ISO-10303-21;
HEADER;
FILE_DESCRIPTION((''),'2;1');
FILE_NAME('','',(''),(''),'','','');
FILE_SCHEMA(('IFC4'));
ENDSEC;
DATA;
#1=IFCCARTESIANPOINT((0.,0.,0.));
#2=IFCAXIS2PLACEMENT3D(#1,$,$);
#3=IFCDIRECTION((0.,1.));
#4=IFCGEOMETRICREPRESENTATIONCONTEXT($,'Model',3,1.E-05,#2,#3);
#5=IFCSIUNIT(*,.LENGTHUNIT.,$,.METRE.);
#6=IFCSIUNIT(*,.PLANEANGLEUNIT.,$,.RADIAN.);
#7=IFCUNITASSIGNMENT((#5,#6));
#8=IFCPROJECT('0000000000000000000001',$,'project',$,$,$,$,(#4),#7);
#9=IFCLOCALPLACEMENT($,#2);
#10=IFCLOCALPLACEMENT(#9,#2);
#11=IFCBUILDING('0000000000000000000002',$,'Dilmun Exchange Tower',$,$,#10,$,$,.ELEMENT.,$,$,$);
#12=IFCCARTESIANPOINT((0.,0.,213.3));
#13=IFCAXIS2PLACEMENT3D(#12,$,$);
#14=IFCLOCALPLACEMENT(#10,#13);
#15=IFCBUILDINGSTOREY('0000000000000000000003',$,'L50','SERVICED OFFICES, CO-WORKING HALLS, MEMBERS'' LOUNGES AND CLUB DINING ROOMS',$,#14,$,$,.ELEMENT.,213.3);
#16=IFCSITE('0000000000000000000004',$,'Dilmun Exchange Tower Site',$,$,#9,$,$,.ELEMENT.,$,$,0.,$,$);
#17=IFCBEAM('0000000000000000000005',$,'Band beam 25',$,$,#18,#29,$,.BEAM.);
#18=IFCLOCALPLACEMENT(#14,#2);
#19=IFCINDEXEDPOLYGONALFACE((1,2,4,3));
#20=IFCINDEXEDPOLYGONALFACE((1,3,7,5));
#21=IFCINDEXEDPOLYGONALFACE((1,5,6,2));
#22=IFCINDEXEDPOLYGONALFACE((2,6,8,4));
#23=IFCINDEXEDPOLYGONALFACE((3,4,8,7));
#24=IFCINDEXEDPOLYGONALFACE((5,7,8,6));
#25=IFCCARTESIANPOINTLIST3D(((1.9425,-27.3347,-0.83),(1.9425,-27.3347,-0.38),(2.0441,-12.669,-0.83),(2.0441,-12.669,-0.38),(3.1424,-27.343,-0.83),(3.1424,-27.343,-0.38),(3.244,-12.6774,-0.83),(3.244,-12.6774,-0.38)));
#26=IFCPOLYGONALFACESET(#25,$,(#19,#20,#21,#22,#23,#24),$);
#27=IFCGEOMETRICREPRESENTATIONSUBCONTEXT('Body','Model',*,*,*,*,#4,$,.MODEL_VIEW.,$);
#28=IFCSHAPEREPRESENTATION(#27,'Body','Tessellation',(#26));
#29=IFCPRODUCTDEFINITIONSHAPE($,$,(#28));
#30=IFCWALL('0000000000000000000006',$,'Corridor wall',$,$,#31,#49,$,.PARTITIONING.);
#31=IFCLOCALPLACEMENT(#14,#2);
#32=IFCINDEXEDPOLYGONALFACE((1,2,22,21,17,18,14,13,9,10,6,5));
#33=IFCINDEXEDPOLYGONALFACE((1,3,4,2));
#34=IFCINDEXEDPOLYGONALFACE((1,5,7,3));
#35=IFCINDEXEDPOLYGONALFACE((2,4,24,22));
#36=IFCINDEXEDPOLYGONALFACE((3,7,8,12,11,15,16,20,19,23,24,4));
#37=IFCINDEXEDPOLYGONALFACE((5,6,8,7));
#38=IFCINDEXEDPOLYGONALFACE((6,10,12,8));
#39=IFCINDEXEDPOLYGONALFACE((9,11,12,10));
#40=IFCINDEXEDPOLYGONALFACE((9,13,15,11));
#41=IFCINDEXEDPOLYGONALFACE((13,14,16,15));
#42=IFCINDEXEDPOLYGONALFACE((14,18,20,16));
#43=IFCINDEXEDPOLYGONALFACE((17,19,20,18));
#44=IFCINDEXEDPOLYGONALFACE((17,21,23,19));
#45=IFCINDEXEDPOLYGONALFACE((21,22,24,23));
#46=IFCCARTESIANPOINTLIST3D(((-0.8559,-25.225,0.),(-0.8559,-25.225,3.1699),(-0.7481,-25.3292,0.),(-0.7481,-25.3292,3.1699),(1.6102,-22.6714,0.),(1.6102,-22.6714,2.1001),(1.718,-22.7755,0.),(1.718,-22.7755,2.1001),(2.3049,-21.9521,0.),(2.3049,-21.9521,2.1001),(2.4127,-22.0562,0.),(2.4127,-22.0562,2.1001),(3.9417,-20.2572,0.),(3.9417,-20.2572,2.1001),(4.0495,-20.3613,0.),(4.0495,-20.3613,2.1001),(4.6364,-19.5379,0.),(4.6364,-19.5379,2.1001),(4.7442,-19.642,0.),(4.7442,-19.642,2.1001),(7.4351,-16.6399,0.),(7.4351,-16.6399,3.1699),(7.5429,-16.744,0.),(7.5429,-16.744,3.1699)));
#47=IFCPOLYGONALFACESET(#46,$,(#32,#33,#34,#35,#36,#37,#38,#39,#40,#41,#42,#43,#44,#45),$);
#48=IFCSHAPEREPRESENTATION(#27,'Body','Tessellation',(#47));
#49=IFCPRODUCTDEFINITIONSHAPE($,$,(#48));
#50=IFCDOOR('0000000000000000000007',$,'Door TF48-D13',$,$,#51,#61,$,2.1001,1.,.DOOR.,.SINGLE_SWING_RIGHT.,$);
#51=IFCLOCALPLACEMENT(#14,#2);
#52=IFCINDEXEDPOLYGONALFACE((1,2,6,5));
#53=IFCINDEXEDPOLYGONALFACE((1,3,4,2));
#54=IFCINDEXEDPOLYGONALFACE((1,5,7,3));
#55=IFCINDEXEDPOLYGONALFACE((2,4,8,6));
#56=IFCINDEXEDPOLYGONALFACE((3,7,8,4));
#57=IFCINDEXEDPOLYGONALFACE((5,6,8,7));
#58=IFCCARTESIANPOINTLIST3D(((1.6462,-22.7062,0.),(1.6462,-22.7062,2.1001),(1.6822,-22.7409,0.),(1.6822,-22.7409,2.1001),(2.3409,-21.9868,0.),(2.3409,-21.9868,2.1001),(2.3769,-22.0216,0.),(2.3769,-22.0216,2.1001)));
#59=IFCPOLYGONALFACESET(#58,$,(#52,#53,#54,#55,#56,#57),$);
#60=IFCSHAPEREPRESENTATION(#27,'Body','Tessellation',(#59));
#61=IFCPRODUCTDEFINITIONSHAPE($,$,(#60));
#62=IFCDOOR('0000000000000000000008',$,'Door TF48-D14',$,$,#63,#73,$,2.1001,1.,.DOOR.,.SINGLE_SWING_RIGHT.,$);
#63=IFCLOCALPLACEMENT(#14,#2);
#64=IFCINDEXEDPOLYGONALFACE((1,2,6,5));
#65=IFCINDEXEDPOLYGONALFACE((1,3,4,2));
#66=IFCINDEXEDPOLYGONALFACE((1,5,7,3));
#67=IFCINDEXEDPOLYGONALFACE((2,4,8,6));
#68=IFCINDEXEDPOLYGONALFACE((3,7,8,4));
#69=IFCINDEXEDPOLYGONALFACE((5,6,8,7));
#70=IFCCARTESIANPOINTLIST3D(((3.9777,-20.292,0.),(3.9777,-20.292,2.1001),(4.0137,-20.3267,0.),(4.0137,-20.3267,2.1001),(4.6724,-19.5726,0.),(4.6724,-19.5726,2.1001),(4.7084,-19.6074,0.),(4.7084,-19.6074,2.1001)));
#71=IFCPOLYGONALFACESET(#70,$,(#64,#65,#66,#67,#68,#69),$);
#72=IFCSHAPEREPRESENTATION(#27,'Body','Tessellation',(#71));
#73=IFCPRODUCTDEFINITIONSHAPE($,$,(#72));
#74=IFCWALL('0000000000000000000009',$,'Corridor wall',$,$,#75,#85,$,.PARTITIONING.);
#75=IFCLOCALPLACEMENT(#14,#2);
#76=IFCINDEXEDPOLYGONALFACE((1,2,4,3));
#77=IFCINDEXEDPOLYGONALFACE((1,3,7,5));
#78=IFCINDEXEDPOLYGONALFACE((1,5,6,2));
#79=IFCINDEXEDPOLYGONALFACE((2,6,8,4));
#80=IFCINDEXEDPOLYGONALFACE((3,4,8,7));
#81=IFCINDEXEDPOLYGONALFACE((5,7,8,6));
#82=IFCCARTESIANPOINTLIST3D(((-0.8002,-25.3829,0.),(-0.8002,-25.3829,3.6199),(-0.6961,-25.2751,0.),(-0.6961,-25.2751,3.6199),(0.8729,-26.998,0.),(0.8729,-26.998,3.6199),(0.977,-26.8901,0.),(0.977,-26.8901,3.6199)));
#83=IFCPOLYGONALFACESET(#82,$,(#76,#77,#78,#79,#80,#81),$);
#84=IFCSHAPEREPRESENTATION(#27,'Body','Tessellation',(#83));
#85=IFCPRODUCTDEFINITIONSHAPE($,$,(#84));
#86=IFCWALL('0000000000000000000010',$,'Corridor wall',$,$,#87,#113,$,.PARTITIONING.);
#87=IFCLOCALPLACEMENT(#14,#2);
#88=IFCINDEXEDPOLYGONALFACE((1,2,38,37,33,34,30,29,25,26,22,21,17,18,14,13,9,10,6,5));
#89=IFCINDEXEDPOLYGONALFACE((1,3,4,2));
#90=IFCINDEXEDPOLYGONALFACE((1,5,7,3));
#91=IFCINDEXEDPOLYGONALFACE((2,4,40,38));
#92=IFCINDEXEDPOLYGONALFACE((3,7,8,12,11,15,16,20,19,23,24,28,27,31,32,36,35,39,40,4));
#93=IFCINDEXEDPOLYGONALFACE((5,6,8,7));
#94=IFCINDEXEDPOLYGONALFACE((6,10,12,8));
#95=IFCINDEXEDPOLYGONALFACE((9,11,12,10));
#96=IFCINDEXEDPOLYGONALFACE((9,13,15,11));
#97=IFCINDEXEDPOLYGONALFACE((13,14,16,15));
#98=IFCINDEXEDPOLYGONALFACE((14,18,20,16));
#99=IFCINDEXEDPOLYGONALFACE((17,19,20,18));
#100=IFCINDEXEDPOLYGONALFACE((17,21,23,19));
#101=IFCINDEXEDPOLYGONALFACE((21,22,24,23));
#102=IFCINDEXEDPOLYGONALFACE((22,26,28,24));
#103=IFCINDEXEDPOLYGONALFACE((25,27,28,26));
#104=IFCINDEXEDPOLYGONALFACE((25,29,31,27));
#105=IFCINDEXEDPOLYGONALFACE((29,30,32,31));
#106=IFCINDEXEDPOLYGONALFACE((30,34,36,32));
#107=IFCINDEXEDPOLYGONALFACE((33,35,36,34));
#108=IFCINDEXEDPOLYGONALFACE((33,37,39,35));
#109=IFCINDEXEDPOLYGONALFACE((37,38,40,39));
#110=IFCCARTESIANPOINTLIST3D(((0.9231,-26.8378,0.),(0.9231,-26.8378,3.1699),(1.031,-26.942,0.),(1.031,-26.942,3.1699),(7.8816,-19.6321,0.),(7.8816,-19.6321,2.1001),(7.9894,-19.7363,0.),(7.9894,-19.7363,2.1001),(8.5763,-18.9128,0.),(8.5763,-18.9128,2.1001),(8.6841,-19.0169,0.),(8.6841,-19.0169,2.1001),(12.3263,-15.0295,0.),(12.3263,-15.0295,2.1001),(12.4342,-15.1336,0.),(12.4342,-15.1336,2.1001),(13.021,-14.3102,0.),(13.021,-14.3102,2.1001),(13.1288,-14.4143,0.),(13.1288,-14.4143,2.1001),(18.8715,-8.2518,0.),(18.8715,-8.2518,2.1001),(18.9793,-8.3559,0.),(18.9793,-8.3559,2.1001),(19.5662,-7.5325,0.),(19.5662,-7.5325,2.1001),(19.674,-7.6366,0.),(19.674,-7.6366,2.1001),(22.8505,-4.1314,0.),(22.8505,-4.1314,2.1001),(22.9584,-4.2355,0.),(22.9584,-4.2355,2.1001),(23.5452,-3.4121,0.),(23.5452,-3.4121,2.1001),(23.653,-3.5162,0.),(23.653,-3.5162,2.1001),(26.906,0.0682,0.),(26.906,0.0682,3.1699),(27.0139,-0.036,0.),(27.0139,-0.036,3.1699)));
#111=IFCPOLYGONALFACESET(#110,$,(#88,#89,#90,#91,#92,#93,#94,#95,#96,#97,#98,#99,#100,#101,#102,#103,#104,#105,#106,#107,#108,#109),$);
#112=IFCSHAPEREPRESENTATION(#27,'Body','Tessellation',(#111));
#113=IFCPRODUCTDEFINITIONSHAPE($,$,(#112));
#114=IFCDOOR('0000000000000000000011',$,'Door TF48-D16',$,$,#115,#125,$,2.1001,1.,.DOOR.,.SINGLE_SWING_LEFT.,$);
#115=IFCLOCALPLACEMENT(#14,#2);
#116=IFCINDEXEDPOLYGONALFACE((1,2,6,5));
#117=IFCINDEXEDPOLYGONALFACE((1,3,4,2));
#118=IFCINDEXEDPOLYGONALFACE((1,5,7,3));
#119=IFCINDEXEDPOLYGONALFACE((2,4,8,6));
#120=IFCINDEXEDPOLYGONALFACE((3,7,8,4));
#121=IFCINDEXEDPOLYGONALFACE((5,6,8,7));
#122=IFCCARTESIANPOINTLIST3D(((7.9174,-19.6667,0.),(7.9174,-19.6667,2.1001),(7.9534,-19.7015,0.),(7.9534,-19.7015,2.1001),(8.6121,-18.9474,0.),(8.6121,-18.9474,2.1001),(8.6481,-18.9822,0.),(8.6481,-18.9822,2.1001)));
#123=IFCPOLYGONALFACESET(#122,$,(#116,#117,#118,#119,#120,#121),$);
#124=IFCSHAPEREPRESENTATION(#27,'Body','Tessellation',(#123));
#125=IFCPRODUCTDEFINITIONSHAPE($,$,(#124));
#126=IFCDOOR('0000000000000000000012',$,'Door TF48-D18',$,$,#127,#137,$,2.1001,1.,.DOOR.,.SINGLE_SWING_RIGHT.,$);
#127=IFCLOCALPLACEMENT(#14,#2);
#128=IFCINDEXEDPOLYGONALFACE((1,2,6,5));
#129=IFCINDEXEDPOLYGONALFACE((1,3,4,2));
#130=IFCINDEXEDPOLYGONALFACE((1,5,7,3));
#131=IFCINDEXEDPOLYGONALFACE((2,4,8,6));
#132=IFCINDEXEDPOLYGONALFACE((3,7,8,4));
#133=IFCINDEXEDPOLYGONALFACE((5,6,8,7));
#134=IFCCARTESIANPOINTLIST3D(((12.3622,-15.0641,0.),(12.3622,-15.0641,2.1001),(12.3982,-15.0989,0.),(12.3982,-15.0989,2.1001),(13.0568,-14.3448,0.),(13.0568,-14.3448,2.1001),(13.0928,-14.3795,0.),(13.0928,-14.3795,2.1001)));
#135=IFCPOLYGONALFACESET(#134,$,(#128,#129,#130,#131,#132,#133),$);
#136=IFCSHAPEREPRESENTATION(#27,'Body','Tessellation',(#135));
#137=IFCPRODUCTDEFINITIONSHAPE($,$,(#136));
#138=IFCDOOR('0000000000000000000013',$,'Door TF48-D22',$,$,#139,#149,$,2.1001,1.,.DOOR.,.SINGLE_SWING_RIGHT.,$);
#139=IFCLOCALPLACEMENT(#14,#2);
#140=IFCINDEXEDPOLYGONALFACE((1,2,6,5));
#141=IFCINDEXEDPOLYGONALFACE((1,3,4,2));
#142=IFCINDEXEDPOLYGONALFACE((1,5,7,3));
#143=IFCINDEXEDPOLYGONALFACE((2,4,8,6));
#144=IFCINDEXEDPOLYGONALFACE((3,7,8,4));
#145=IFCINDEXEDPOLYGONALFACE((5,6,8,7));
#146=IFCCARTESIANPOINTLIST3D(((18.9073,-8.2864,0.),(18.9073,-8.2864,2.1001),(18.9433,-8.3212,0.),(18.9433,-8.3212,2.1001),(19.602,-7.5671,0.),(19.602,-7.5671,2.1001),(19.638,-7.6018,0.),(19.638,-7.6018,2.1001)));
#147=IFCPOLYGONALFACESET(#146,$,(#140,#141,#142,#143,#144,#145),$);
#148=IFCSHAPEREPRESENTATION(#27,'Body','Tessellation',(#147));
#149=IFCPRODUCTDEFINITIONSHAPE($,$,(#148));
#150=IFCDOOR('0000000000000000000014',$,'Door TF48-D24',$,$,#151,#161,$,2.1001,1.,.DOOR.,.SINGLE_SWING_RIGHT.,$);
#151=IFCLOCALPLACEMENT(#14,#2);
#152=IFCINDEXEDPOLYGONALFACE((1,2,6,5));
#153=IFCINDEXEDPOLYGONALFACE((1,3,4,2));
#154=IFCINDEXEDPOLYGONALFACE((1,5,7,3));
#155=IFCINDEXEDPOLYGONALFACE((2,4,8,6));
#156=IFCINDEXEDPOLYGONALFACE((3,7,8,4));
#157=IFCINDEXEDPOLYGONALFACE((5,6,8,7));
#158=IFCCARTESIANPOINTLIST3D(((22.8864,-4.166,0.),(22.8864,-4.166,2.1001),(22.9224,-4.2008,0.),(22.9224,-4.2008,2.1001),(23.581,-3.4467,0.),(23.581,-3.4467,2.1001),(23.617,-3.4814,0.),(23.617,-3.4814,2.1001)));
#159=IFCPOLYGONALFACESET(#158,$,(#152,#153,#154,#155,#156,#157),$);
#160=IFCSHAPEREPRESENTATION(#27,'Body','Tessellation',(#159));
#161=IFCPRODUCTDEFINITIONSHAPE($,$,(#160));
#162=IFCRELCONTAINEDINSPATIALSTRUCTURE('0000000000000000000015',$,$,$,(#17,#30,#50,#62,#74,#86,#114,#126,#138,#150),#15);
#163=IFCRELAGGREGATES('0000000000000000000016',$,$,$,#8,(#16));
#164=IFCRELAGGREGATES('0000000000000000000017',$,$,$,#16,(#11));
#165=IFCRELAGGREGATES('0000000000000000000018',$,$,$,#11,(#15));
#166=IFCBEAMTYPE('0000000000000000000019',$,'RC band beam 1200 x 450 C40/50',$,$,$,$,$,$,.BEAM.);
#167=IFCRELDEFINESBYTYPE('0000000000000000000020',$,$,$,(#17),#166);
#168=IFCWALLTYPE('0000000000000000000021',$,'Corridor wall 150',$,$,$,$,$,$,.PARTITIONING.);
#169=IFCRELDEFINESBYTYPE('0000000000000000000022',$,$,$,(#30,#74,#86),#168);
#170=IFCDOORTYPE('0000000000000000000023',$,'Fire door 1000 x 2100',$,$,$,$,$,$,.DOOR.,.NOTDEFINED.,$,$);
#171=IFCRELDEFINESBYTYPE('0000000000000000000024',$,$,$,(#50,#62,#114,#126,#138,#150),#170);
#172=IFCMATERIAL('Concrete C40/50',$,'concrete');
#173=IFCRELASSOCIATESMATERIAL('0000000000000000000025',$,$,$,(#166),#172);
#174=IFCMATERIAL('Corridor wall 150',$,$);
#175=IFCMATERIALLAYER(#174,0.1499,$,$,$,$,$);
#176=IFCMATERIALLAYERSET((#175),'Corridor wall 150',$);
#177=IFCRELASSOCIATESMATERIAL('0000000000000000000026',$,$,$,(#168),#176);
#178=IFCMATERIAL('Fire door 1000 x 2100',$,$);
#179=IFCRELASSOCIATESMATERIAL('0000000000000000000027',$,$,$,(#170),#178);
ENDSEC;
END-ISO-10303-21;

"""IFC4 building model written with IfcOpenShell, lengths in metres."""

from ifc_helpers import new_model, si_unit, direction, frame, frame_2d, origin, origin_2d, place, context, subcontext, project, spatial, rectangle, extrude, material, layer, layer_set, material_profile, profile_set, type_object, element, fill, save


model = new_model("IFC4")

# Units and contexts
model_context = context("Model", 3, precision=1e-05, world=origin(), true_north=direction((0.0, 1.0)))
body_context = subcontext(model_context, "Body", "Model", "MODEL_VIEW")
ifc_project = project(units=[si_unit("LENGTHUNIT", "METRE"), si_unit("PLANEANGLEUNIT", "RADIAN")], contexts=[model_context])

# Site, building, storey
site_placement = place(None, origin())
site = spatial("IfcSite", under=ifc_project, at=site_placement, Name="Dilmun Exchange Tower Site", CompositionType="ELEMENT", RefElevation=0.0)
building_placement = place(site_placement, origin())
building = spatial("IfcBuilding", under=site, at=building_placement, Name="Dilmun Exchange Tower", CompositionType="ELEMENT")
storey_placement = place(building_placement, frame((0.0, 0.0, 213.3)))
storey = spatial("IfcBuildingStorey", under=building, at=storey_placement, Name="L50", Description="SERVICED OFFICES, CO-WORKING HALLS, MEMBERS' LOUNGES AND CLUB DINING ROOMS", CompositionType="ELEMENT", Elevation=213.3)

# Beam
ifc_material_1 = material(Name="Concrete C40/50", Category="concrete")
ifc_material_profile = material_profile(ifc_material_1, rectangle(XDim=1.2, YDim=0.45, at=origin_2d()), Name="1200 x 450")
ifc_profile_set = profile_set([ifc_material_profile], Name="Concrete C40/50")
beam_type = type_object("IfcBeamType", Name="RC band beam 1200 x 450 C40/50", PredefinedType="BEAM", material=ifc_profile_set)
beam_placement = place(storey_placement, frame((2.5425, -27.3389, -0.605), z_axis=(0.006925, 0.999976, 0.0), x_axis=(-0.999976, 0.006925, 0.0)))
element("IfcBeam", 1, at=beam_placement, inside=storey, type_object=beam_type, Name="Band beam 25", PredefinedType="BEAM", context=body_context, shape_type="SweptSolid", body=[
    extrude(rectangle(XDim=1.2, YDim=0.45, at=origin_2d()), origin(), (0.0, 0.0, 1.0), 14.666),
])

# Wall, openings, doors
ifc_material_2 = material(Name="Corridor wall 150")
ifc_layer = layer(ifc_material_2, 0.1499)
ifc_layer_set = layer_set([ifc_layer], Name="Corridor wall 150")
wall_type = type_object("IfcWallType", Name="Corridor wall 150", PredefinedType="PARTITIONING", material=ifc_layer_set)
wall_1_placement = place(storey_placement, frame((-0.802, -25.2771, 0.0), z_axis=(0.0, 0.0, 1.0), x_axis=(0.694675, 0.719324, 0.0)))
wall_1 = element("IfcWall", 2, at=wall_1_placement, inside=storey, type_object=wall_type, Name="Corridor wall", PredefinedType="PARTITIONING", context=body_context, shape_type="SweptSolid", body=[
    extrude(rectangle(XDim=11.9351, YDim=0.1499, at=frame_2d((5.9675, 0.0))), origin(), (0.0, 0.0, 1.0), 3.1699),
])
opening_1_placement = place(wall_1_placement, frame((3.55, 0.0, 0.0)))
opening_1 = element("IfcOpeningElement", 3, at=opening_1_placement, cuts=wall_1, PredefinedType="OPENING", context=body_context, shape_type="SweptSolid", body=[
    extrude(rectangle(XDim=1.0, YDim=2.1001, at=frame_2d((0.5, 1.05))), frame((0.0, 0.085, 0.0), z_axis=(0.0, -1.0, 0.0), x_axis=(1.0, 0.0, 0.0)), (0.0, 0.0, 1.0), 0.1699),
])
opening_2_placement = place(wall_1_placement, frame((6.9062, 0.0, 0.0)))
opening_2 = element("IfcOpeningElement", 4, at=opening_2_placement, cuts=wall_1, PredefinedType="OPENING", context=body_context, shape_type="SweptSolid", body=[
    extrude(rectangle(XDim=1.0, YDim=2.1001, at=frame_2d((0.5, 1.05))), frame((0.0, 0.085, 0.0), z_axis=(0.0, -1.0, 0.0), x_axis=(1.0, 0.0, 0.0)), (0.0, 0.0, 1.0), 0.1699),
])
ifc_material_3 = material(Name="Fire door 1000 x 2100")
door_type = type_object("IfcDoorType", Name="Fire door 1000 x 2100", OperationType="NOTDEFINED", PredefinedType="DOOR", material=ifc_material_3)
door_1_placement = place(opening_1_placement, origin())
door_1 = element("IfcDoor", 5, at=door_1_placement, inside=storey, type_object=door_type, Name="Door TF48-D13", OperationType="SINGLE_SWING_RIGHT", OverallHeight=2.1001, OverallWidth=1.0, PredefinedType="DOOR", context=body_context, shape_type="SweptSolid", body=[
    extrude(rectangle(XDim=1.0, YDim=2.1001, at=frame_2d((0.5, 1.05))), frame((0.0, 0.0249, 0.0), z_axis=(0.0, -1.0, 0.0), x_axis=(1.0, 0.0, 0.0)), (0.0, 0.0, 1.0), 0.05),
])
fill(opening_1, door_1)
door_2_placement = place(opening_2_placement, origin())
door_2 = element("IfcDoor", 6, at=door_2_placement, inside=storey, type_object=door_type, Name="Door TF48-D14", OperationType="SINGLE_SWING_RIGHT", OverallHeight=2.1001, OverallWidth=1.0, PredefinedType="DOOR", context=body_context, shape_type="SweptSolid", body=[
    extrude(rectangle(XDim=1.0, YDim=2.1001, at=frame_2d((0.5, 1.05))), frame((0.0, 0.0249, 0.0), z_axis=(0.0, -1.0, 0.0), x_axis=(1.0, 0.0, 0.0)), (0.0, 0.0, 1.0), 0.05),
])
fill(opening_2, door_2)

# Wall
wall_2_placement = place(storey_placement, frame((-0.748, -25.3291, 0.0), z_axis=(0.0, 0.0, 1.0), x_axis=(0.71949, -0.694503, 0.0)))
element("IfcWall", 7, at=wall_2_placement, inside=storey, type_object=wall_type, Name="Corridor wall", PredefinedType="PARTITIONING", context=body_context, shape_type="SweptSolid", body=[
    extrude(rectangle(XDim=2.3254, YDim=0.1499, at=frame_2d((1.1626, 0.0))), origin(), (0.0, 0.0, 1.0), 3.6199),
])

# Wall, openings, doors
wall_3_placement = place(storey_placement, frame((0.9771, -26.8899, 0.0), z_axis=(0.0, 0.0, 1.0), x_axis=(0.69466, 0.719339, 0.0)))
wall_3 = element("IfcWall", 8, at=wall_3_placement, inside=storey, type_object=wall_type, Name="Corridor wall", PredefinedType="PARTITIONING", context=body_context, shape_type="SweptSolid", body=[
    extrude(rectangle(XDim=37.4038, YDim=0.1499, at=frame_2d((18.7019, 0.0))), origin(), (0.0, 0.0, 1.0), 3.1699),
])
opening_3_placement = place(wall_3_placement, frame((10.0171, 0.0, 0.0)))
opening_3 = element("IfcOpeningElement", 9, at=opening_3_placement, cuts=wall_3, PredefinedType="OPENING", context=body_context, shape_type="SweptSolid", body=[
    extrude(rectangle(XDim=1.0, YDim=2.1001, at=frame_2d((0.5, 1.05))), frame((0.0, 0.085, 0.0), z_axis=(0.0, -1.0, 0.0), x_axis=(1.0, 0.0, 0.0)), (0.0, 0.0, 1.0), 0.1699),
])
opening_4_placement = place(wall_3_placement, frame((16.4155, 0.0, 0.0)))
opening_4 = element("IfcOpeningElement", 10, at=opening_4_placement, cuts=wall_3, PredefinedType="OPENING", context=body_context, shape_type="SweptSolid", body=[
    extrude(rectangle(XDim=1.0, YDim=2.1001, at=frame_2d((0.5, 1.05))), frame((0.0, 0.085, 0.0), z_axis=(0.0, -1.0, 0.0), x_axis=(1.0, 0.0, 0.0)), (0.0, 0.0, 1.0), 0.1699),
])
opening_5_placement = place(wall_3_placement, frame((25.8376, 0.0, 0.0)))
opening_5 = element("IfcOpeningElement", 11, at=opening_5_placement, cuts=wall_3, PredefinedType="OPENING", context=body_context, shape_type="SweptSolid", body=[
    extrude(rectangle(XDim=1.0, YDim=2.1001, at=frame_2d((0.5, 1.05))), frame((0.0, 0.085, 0.0), z_axis=(0.0, -1.0, 0.0), x_axis=(1.0, 0.0, 0.0)), (0.0, 0.0, 1.0), 0.1699),
])
opening_6_placement = place(wall_3_placement, frame((31.5657, 0.0, 0.0)))
opening_6 = element("IfcOpeningElement", 12, at=opening_6_placement, cuts=wall_3, PredefinedType="OPENING", context=body_context, shape_type="SweptSolid", body=[
    extrude(rectangle(XDim=1.0, YDim=2.1001, at=frame_2d((0.5, 1.05))), frame((0.0, 0.085, 0.0), z_axis=(0.0, -1.0, 0.0), x_axis=(1.0, 0.0, 0.0)), (0.0, 0.0, 1.0), 0.1699),
])
door_3_placement = place(opening_3_placement, frame((1.0, 0.0, 0.0), z_axis=(0.0, 0.0, 1.0), x_axis=(-1.0, 0.0, 0.0)))
door_3 = element("IfcDoor", 13, at=door_3_placement, inside=storey, type_object=door_type, Name="Door TF48-D16", OperationType="SINGLE_SWING_LEFT", OverallHeight=2.1001, OverallWidth=1.0, PredefinedType="DOOR", context=body_context, shape_type="SweptSolid", body=[
    extrude(rectangle(XDim=1.0, YDim=2.1001, at=frame_2d((0.5, 1.05))), frame((0.0, 0.0249, 0.0), z_axis=(0.0, -1.0, 0.0), x_axis=(1.0, 0.0, 0.0)), (0.0, 0.0, 1.0), 0.05),
])
fill(opening_3, door_3)
door_4_placement = place(opening_4_placement, frame((1.0, 0.0, 0.0), z_axis=(0.0, 0.0, 1.0), x_axis=(-1.0, 0.0, 0.0)))
door_4 = element("IfcDoor", 14, at=door_4_placement, inside=storey, type_object=door_type, Name="Door TF48-D18", OperationType="SINGLE_SWING_RIGHT", OverallHeight=2.1001, OverallWidth=1.0, PredefinedType="DOOR", context=body_context, shape_type="SweptSolid", body=[
    extrude(rectangle(XDim=1.0, YDim=2.1001, at=frame_2d((0.5, 1.05))), frame((0.0, 0.0249, 0.0), z_axis=(0.0, -1.0, 0.0), x_axis=(1.0, 0.0, 0.0)), (0.0, 0.0, 1.0), 0.05),
])
fill(opening_4, door_4)
door_5_placement = place(opening_5_placement, frame((1.0, 0.0, 0.0), z_axis=(0.0, 0.0, 1.0), x_axis=(-1.0, 0.0, 0.0)))
door_5 = element("IfcDoor", 15, at=door_5_placement, inside=storey, type_object=door_type, Name="Door TF48-D22", OperationType="SINGLE_SWING_RIGHT", OverallHeight=2.1001, OverallWidth=1.0, PredefinedType="DOOR", context=body_context, shape_type="SweptSolid", body=[
    extrude(rectangle(XDim=1.0, YDim=2.1001, at=frame_2d((0.5, 1.05))), frame((0.0, 0.0249, 0.0), z_axis=(0.0, -1.0, 0.0), x_axis=(1.0, 0.0, 0.0)), (0.0, 0.0, 1.0), 0.05),
])
fill(opening_5, door_5)
door_6_placement = place(opening_6_placement, frame((1.0, 0.0, 0.0), z_axis=(0.0, 0.0, 1.0), x_axis=(-1.0, 0.0, 0.0)))
door_6 = element("IfcDoor", 16, at=door_6_placement, inside=storey, type_object=door_type, Name="Door TF48-D24", OperationType="SINGLE_SWING_RIGHT", OverallHeight=2.1001, OverallWidth=1.0, PredefinedType="DOOR", context=body_context, shape_type="SweptSolid", body=[
    extrude(rectangle(XDim=1.0, YDim=2.1001, at=frame_2d((0.5, 1.05))), frame((0.0, 0.0249, 0.0), z_axis=(0.0, -1.0, 0.0), x_axis=(1.0, 0.0, 0.0)), (0.0, 0.0, 1.0), 0.05),
])
fill(opening_6, door_6)

save(model, "model.ifc")
